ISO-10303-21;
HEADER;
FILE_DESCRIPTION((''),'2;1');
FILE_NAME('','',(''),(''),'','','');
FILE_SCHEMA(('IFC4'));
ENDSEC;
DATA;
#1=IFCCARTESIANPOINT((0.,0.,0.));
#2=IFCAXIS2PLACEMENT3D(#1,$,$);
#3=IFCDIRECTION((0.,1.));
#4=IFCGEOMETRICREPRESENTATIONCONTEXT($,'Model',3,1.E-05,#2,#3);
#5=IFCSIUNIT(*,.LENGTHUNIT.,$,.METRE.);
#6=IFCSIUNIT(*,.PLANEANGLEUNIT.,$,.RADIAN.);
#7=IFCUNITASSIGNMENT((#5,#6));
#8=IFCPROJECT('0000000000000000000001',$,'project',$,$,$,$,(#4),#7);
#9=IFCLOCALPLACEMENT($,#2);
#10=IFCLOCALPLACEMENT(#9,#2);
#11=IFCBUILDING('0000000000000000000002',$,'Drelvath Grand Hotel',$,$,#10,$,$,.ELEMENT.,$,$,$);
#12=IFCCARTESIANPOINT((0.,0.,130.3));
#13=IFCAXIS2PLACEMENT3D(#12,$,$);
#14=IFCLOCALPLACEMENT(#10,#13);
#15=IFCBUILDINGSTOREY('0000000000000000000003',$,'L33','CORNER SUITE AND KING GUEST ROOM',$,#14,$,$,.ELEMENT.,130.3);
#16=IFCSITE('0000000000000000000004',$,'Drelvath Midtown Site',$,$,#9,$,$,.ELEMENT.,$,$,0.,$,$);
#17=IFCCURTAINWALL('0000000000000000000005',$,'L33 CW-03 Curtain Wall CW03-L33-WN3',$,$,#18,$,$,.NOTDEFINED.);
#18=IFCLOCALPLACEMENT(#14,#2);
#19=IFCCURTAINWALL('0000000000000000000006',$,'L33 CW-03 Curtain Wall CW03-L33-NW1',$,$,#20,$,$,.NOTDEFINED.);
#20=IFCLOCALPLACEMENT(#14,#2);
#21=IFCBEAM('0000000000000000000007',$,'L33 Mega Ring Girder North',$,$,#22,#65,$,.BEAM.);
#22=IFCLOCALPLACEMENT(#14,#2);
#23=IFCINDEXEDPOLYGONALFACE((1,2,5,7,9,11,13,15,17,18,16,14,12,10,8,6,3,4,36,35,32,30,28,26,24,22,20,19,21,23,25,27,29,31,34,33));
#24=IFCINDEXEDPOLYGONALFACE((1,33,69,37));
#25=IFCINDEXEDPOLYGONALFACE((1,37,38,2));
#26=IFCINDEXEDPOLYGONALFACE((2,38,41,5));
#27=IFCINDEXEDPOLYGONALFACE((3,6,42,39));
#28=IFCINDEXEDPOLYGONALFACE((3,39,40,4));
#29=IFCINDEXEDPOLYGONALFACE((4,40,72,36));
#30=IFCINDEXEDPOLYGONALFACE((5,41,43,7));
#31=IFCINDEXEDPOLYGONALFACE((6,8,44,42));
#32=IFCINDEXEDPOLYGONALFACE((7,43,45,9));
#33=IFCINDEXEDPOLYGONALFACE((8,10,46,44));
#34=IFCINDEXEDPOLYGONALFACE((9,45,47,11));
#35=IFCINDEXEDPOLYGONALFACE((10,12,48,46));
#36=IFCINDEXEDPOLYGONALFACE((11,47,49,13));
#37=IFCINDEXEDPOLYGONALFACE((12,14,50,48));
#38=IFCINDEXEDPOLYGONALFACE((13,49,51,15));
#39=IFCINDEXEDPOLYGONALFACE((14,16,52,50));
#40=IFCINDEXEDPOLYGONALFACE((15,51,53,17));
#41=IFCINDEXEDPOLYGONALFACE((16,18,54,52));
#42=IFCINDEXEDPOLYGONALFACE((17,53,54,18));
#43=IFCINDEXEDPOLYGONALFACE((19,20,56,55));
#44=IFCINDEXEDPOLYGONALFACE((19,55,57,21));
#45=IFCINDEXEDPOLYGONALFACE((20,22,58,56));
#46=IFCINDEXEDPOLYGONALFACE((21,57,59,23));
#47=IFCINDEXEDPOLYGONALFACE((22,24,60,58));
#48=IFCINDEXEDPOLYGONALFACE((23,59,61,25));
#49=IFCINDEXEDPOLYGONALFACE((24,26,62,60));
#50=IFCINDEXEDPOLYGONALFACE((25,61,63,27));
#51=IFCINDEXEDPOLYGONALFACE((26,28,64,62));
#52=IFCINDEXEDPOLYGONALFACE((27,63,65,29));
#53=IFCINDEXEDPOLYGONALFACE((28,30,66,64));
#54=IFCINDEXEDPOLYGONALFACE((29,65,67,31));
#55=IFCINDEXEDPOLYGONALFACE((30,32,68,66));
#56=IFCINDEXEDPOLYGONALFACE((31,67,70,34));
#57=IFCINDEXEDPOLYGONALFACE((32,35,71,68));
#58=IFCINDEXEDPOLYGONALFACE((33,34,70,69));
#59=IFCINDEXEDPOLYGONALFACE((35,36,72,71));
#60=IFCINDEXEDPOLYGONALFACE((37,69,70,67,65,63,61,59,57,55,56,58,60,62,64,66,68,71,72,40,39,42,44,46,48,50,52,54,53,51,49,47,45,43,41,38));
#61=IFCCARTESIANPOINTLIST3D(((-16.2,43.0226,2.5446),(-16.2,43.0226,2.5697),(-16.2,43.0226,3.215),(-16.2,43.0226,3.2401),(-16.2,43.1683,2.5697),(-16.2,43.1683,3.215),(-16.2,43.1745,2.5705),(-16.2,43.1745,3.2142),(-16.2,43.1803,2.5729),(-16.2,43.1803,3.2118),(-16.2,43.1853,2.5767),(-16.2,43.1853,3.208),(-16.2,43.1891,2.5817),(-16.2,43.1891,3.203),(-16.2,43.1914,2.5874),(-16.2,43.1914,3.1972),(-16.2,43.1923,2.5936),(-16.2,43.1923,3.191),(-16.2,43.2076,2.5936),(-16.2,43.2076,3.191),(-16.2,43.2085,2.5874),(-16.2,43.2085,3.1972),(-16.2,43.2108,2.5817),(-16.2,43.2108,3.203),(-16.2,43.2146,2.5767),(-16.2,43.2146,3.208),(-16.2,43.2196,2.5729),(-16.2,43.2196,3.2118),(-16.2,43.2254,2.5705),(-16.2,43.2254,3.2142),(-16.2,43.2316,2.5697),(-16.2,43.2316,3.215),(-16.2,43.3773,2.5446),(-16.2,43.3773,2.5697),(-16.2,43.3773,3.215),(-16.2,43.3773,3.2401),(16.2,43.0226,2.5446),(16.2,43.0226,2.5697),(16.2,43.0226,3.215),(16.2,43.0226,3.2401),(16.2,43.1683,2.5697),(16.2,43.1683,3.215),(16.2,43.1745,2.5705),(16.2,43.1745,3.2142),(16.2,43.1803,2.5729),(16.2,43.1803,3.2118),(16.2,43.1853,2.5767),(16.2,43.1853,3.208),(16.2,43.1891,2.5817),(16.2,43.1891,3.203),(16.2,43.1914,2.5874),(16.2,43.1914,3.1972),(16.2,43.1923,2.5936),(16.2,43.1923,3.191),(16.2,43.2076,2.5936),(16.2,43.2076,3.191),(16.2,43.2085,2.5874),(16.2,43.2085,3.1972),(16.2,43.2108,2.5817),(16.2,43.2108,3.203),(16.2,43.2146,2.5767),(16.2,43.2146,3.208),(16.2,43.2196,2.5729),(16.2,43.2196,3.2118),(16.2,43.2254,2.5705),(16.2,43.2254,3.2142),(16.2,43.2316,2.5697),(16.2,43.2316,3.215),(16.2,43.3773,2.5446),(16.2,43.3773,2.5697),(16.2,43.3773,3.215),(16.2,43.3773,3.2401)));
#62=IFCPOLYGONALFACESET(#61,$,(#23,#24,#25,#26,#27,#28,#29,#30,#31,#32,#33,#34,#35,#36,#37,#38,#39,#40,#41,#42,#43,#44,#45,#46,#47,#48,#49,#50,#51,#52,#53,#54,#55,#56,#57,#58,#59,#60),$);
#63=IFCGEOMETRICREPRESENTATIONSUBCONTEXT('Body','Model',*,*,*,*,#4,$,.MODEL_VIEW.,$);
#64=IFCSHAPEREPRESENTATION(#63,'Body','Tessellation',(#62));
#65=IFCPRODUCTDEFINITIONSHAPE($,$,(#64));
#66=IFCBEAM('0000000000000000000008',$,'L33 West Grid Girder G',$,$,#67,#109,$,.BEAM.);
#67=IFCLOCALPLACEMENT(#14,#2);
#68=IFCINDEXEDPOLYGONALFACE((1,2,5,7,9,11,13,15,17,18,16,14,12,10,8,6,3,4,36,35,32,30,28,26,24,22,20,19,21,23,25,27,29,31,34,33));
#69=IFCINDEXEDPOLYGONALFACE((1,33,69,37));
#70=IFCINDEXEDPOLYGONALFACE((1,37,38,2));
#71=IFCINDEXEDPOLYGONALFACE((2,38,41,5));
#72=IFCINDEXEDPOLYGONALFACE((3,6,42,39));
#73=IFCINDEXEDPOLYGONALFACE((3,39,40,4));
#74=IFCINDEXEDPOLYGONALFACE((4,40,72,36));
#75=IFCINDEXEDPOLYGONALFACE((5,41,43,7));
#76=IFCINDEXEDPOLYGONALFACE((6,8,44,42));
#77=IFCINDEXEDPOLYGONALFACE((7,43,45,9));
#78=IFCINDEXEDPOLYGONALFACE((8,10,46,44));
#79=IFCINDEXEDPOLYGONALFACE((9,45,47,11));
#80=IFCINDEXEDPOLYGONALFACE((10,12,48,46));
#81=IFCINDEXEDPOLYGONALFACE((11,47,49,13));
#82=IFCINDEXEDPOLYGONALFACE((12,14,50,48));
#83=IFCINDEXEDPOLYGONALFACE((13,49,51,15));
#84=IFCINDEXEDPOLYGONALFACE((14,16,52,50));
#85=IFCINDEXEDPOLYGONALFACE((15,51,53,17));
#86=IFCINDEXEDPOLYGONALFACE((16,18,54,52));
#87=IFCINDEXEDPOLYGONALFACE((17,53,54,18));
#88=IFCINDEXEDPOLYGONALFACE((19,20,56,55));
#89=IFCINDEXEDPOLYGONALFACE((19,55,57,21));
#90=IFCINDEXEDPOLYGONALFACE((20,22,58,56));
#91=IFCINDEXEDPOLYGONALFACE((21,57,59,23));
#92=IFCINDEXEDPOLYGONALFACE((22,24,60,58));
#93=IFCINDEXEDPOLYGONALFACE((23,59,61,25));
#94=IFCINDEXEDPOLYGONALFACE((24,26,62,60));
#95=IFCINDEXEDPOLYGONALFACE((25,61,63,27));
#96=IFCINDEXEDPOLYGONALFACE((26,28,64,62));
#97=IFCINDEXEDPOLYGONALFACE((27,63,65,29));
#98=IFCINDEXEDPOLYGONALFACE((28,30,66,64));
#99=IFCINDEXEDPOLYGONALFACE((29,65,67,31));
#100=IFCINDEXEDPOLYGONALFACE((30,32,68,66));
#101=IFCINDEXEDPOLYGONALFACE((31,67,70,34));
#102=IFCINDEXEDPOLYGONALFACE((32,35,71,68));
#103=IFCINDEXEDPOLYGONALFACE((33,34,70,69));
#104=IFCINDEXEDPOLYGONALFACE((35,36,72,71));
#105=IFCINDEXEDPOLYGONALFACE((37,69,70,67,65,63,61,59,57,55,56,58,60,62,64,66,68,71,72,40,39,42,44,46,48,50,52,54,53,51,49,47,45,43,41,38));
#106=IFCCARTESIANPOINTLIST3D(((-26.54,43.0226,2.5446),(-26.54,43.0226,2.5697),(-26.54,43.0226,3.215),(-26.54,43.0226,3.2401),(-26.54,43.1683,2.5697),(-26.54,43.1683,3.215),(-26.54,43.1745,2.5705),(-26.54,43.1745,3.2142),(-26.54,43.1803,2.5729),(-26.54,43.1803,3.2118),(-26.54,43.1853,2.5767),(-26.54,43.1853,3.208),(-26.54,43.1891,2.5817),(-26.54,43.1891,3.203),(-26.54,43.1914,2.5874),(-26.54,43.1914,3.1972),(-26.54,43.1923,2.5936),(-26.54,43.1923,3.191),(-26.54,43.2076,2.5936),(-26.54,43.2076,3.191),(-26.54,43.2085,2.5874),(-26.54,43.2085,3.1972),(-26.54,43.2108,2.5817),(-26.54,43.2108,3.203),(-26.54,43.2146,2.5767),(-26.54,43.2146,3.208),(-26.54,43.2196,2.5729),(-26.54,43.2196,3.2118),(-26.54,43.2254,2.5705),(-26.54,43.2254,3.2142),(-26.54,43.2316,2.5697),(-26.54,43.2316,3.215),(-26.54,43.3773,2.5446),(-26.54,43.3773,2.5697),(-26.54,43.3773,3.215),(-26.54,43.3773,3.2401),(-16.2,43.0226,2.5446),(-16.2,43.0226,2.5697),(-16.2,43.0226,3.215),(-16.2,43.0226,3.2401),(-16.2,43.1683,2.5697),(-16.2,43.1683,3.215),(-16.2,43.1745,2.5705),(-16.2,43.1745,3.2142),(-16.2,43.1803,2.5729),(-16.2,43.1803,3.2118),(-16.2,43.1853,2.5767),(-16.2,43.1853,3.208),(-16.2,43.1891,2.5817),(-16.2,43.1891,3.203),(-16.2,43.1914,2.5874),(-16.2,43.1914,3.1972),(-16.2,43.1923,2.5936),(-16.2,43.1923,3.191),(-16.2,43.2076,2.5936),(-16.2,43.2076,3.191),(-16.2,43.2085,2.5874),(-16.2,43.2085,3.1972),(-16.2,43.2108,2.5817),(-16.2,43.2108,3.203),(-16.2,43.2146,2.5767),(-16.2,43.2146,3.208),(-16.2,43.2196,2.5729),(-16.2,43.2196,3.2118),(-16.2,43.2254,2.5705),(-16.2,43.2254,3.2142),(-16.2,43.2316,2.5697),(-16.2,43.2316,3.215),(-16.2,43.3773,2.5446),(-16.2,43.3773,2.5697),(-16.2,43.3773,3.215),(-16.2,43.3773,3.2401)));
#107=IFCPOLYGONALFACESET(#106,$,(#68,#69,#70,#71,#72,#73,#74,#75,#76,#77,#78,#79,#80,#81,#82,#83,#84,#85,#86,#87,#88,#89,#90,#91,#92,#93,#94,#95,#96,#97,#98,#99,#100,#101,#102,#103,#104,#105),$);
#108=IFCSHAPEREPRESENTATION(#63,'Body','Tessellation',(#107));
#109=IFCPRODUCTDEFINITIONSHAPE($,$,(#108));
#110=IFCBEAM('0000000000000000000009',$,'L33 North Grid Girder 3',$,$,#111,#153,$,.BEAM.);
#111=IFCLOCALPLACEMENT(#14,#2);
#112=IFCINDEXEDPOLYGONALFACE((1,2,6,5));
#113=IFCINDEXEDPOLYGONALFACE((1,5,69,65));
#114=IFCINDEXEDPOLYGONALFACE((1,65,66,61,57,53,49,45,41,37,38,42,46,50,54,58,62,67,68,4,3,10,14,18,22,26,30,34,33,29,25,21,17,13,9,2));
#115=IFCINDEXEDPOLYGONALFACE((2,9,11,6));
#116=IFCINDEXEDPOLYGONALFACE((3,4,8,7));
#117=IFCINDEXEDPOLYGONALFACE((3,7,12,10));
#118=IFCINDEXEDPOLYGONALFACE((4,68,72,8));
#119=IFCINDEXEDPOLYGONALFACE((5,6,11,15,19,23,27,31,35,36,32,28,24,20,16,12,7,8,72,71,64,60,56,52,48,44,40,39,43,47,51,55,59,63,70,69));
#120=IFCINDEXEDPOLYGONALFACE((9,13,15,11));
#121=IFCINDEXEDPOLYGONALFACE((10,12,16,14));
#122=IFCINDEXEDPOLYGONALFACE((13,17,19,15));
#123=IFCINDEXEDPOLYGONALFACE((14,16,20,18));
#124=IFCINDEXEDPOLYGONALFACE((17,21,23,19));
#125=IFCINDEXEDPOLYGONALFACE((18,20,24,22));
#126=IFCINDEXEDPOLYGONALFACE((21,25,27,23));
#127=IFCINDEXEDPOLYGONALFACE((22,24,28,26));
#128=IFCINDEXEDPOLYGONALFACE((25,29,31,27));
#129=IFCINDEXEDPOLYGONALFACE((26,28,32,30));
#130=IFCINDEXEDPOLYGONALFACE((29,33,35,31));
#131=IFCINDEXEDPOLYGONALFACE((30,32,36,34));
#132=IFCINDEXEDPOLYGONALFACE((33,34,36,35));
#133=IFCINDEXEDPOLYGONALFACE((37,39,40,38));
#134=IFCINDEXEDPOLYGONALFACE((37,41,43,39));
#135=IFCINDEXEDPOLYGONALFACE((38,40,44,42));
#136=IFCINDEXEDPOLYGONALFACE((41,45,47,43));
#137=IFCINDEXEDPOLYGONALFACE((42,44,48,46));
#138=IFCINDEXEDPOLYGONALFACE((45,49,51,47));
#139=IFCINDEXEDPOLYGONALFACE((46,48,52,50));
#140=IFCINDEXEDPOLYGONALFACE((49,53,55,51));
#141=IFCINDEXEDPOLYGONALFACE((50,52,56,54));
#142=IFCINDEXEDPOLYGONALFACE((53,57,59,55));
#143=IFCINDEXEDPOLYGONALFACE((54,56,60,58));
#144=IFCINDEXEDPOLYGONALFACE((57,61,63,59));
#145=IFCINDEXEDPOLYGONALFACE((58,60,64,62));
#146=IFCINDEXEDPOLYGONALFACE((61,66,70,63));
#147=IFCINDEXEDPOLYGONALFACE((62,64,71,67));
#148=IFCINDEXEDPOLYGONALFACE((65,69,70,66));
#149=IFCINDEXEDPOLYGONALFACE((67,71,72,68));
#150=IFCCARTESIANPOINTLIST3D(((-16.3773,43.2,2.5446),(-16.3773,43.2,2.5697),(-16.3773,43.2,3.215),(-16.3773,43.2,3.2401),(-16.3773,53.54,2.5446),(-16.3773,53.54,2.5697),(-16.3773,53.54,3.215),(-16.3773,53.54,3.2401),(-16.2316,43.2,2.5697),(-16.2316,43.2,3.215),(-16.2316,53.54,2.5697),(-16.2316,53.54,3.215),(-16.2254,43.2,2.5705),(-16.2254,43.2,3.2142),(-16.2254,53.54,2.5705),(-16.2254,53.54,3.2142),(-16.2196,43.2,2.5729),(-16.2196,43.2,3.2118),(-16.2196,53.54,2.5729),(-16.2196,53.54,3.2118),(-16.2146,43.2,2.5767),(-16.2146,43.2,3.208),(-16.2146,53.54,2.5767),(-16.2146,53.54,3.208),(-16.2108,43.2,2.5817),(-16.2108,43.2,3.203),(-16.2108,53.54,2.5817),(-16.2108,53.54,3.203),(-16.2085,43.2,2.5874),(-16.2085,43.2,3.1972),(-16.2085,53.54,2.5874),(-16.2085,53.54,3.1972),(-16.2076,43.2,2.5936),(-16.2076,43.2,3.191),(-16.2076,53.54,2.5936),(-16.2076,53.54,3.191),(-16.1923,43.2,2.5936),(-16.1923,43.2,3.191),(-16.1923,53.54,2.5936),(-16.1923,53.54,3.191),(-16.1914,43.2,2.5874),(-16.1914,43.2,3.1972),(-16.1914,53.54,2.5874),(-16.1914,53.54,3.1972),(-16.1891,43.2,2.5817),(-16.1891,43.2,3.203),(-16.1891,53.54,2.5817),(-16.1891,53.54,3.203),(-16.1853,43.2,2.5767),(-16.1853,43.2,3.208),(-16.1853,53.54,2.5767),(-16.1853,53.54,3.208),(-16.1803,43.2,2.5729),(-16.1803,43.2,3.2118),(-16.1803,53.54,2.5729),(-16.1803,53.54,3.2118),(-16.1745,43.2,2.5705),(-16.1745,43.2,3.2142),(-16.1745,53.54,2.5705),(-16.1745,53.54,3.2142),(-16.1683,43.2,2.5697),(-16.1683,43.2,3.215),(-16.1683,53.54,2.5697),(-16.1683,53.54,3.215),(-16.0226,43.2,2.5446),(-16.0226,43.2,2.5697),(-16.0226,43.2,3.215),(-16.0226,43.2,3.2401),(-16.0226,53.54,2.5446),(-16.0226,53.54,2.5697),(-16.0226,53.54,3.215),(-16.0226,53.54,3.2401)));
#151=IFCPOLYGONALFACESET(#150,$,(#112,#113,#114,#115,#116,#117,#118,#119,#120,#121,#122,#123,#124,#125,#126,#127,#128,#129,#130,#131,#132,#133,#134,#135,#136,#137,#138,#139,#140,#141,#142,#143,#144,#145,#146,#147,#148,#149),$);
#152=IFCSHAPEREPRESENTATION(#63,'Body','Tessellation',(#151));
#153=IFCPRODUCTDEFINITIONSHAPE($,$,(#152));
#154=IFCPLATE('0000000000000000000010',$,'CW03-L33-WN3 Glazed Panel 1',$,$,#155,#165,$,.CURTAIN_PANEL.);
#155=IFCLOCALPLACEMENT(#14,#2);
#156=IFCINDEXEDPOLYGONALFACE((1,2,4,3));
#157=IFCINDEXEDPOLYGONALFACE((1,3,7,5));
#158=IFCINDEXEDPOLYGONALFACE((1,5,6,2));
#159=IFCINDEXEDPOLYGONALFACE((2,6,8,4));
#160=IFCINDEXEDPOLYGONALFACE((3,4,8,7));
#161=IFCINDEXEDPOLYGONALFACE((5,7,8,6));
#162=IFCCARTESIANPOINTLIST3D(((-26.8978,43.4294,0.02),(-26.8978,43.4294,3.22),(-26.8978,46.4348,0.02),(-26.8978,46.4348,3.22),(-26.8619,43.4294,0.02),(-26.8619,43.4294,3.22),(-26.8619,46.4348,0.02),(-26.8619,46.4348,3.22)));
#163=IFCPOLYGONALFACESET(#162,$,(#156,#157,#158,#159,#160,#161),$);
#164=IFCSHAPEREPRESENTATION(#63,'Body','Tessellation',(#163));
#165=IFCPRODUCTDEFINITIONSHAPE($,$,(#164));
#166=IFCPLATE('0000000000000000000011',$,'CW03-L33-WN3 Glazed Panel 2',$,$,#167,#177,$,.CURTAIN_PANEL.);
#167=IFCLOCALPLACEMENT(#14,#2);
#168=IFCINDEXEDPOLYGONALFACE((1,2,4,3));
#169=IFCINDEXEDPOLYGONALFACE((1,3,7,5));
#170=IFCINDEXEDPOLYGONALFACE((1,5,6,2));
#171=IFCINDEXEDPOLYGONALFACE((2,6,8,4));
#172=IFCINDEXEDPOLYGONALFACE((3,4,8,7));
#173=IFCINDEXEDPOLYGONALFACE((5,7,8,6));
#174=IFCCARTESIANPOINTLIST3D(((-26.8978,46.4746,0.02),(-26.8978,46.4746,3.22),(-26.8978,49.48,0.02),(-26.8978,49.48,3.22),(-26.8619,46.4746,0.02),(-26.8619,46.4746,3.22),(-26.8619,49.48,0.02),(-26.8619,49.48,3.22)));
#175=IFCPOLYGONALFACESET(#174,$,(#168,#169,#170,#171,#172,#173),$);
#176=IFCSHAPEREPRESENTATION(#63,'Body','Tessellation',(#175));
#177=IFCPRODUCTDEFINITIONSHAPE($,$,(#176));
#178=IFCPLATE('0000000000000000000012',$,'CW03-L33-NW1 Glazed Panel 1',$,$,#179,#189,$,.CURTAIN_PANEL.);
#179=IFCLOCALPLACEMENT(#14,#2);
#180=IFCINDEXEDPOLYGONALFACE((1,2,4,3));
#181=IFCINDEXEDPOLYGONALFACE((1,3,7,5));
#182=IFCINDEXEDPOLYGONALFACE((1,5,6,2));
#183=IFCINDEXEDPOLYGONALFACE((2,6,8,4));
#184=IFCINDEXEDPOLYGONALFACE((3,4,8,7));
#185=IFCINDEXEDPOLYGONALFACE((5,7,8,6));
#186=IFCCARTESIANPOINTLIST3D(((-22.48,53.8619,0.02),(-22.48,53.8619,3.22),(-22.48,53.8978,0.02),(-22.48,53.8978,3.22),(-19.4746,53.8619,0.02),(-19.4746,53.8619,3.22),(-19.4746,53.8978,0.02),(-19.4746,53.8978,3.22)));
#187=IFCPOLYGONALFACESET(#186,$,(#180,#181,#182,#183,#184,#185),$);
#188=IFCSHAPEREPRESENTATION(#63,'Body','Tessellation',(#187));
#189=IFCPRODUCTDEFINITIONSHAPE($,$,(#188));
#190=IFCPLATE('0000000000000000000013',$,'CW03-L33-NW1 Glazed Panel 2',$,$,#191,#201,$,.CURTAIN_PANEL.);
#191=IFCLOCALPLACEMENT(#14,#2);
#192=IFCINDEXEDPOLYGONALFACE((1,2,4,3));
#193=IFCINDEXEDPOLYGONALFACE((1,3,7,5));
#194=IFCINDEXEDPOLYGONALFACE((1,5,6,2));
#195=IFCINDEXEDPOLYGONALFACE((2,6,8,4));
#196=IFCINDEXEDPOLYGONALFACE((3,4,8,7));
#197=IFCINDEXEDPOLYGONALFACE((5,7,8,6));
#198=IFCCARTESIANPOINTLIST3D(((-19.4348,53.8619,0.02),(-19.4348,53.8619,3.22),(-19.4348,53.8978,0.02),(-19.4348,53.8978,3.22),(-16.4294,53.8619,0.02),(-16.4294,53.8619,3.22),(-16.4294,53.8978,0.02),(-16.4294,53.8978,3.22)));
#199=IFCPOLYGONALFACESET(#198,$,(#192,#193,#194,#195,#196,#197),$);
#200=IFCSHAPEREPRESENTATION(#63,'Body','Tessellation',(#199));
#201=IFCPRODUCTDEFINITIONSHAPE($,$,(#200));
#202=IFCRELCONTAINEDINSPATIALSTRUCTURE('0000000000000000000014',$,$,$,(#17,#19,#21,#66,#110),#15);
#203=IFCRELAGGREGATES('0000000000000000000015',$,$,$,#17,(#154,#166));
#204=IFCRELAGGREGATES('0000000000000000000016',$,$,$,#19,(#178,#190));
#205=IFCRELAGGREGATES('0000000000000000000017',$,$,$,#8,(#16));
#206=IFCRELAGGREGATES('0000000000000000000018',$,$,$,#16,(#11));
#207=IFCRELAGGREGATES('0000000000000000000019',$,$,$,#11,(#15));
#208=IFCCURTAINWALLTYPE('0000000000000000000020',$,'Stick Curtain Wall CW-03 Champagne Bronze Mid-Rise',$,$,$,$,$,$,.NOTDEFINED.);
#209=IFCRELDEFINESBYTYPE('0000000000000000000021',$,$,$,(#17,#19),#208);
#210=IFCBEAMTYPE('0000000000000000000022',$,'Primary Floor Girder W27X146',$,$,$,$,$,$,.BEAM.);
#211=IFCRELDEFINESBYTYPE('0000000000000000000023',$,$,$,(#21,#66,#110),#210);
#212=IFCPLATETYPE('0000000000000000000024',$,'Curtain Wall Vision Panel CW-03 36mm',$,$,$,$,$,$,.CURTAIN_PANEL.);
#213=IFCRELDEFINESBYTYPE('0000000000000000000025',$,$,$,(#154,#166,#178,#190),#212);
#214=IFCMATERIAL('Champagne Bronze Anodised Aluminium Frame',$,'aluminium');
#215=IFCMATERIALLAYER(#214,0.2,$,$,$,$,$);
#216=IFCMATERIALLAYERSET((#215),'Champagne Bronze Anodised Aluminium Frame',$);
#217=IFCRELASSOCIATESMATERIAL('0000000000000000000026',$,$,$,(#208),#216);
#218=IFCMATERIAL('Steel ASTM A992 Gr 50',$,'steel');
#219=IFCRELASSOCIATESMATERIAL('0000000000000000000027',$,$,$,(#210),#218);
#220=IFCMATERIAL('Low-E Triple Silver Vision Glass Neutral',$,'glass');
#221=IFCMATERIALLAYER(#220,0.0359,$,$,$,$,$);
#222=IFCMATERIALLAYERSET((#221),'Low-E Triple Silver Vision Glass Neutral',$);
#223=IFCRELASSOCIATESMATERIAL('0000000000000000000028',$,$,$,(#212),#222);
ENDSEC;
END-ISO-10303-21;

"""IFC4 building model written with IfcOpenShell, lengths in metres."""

from ifc_helpers import new_model, si_unit, direction, frame, origin, origin_2d, place, context, subcontext, project, spatial, rectangle, i_section, extrude, material, layer, layer_set, material_profile, profile_set, type_object, element, aggregate, save


model = new_model("IFC4")

# Units and contexts
model_context = context("Model", 3, precision=1e-05, world=origin(), true_north=direction((0.0, 1.0)))
body_context = subcontext(model_context, "Body", "Model", "MODEL_VIEW")
ifc_project = project(units=[si_unit("LENGTHUNIT", "METRE"), si_unit("PLANEANGLEUNIT", "RADIAN")], contexts=[model_context])

# Site, building, storey
site_placement = place(None, origin())
site = spatial("IfcSite", under=ifc_project, at=site_placement, Name="Drelvath Midtown Site", CompositionType="ELEMENT", RefElevation=0.0)
building_placement = place(site_placement, origin())
building = spatial("IfcBuilding", under=site, at=building_placement, Name="Drelvath Grand Hotel", CompositionType="ELEMENT")
storey_placement = place(building_placement, frame((0.0, 0.0, 130.3)))
storey = spatial("IfcBuildingStorey", under=building, at=storey_placement, Name="L33", Description="CORNER SUITE AND KING GUEST ROOM", CompositionType="ELEMENT", Elevation=130.3)

# Shared definitions
ifc_material_1 = material(Name="Steel ASTM A992 Gr 50", Category="steel")

# Curtain walls
ifc_material_2 = material(Name="Champagne Bronze Anodised Aluminium Frame", Category="aluminium")
ifc_layer_1 = layer(ifc_material_2, 0.2)
ifc_layer_set_1 = layer_set([ifc_layer_1], Name="Champagne Bronze Anodised Aluminium Frame")
curtain_wall_type = type_object("IfcCurtainWallType", Name="Stick Curtain Wall CW-03 Champagne Bronze Mid-Rise", PredefinedType="NOTDEFINED", material=ifc_layer_set_1)
curtain_wall_1_placement = place(storey_placement, origin())
curtain_wall_1 = element("IfcCurtainWall", 1, at=curtain_wall_1_placement, inside=storey, type_object=curtain_wall_type, Name="L33 CW-03 Curtain Wall CW03-L33-WN3", PredefinedType="NOTDEFINED")
curtain_wall_2_placement = place(storey_placement, origin())
curtain_wall_2 = element("IfcCurtainWall", 2, at=curtain_wall_2_placement, inside=storey, type_object=curtain_wall_type, Name="L33 CW-03 Curtain Wall CW03-L33-NW1", PredefinedType="NOTDEFINED")

# Beams
ifc_material_profile_1 = material_profile(ifc_material_1, i_section(OverallWidth=0.3547, OverallDepth=0.6956, WebThickness=0.0154, FlangeThickness=0.0251, FilletRadius=0.0239, at=origin_2d()), Name="W27X146")
ifc_profile_set_1 = profile_set([ifc_material_profile_1], Name="Steel ASTM A992 Gr 50")
beam_type_1 = type_object("IfcBeamType", Name="Primary Floor Girder W27X146", PredefinedType="BEAM", material=ifc_profile_set_1)
beam_1_placement = place(storey_placement, frame((-16.2, 43.2, 2.8923), z_axis=(1.0, 0.0, 0.0), x_axis=(0.0, 1.0, 0.0)))
element("IfcBeam", 3, at=beam_1_placement, inside=storey, type_object=beam_type_1, Name="L33 Mega Ring Girder North", PredefinedType="BEAM", context=body_context, shape_type="SweptSolid", body=[
    extrude(i_section(OverallWidth=0.3547, OverallDepth=0.6956, WebThickness=0.0154, FlangeThickness=0.0251, FilletRadius=0.0239, at=origin_2d()), origin(), (0.0, 0.0, 1.0), 32.3999),
])
for number, where, z_axis, x_axis, name in (
    (4, (-26.54, 43.2, 2.8923), (1.0, 0.0, 0.0), (0.0, 1.0, 0.0), "L33 West Grid Girder G"),
    (5, (-16.2, 43.2, 2.8923), (0.0, 1.0, 0.0), (-1.0, 0.0, 0.0), "L33 North Grid Girder 3"),
):
    element("IfcBeam", number, at=place(storey_placement, frame(where, z_axis=z_axis, x_axis=x_axis)), inside=storey, type_object=beam_type_1, Name=name, PredefinedType="BEAM", context=body_context, shape_type="SweptSolid", body=[
        extrude(i_section(OverallWidth=0.3547, OverallDepth=0.6956, WebThickness=0.0154, FlangeThickness=0.0251, FilletRadius=0.0239, at=origin_2d()), origin(), (0.0, 0.0, 1.0), 10.3401),
    ])

# Plates
ifc_material_3 = material(Name="Low-E Triple Silver Vision Glass Neutral", Category="glass")
ifc_layer_2 = layer(ifc_material_3, 0.0359)
ifc_layer_set_2 = layer_set([ifc_layer_2], Name="Low-E Triple Silver Vision Glass Neutral")
plate_type = type_object("IfcPlateType", Name="Curtain Wall Vision Panel CW-03 36mm", PredefinedType="CURTAIN_PANEL", material=ifc_layer_set_2)
plate_1_placement = place(storey_placement, frame((-26.8799, 44.9321, 0.02), z_axis=(0.0, 0.0, 1.0), x_axis=(0.0, 1.0, 0.0)))
plate_1 = element("IfcPlate", 6, at=plate_1_placement, type_object=plate_type, Name="CW03-L33-WN3 Glazed Panel 1", PredefinedType="CURTAIN_PANEL", context=body_context, shape_type="SweptSolid", body=[
    extrude(rectangle(XDim=3.0054, YDim=0.0359, at=origin_2d()), origin(), (0.0, 0.0, 1.0), 3.2),
])
plate_2_placement = place(storey_placement, frame((-26.8799, 47.9773, 0.02), z_axis=(0.0, 0.0, 1.0), x_axis=(0.0, 1.0, 0.0)))
plate_2 = element("IfcPlate", 7, at=plate_2_placement, type_object=plate_type, Name="CW03-L33-WN3 Glazed Panel 2", PredefinedType="CURTAIN_PANEL", context=body_context, shape_type="SweptSolid", body=[
    extrude(rectangle(XDim=3.0054, YDim=0.0359, at=origin_2d()), origin(), (0.0, 0.0, 1.0), 3.2),
])
aggregate(curtain_wall_1, [plate_1, plate_2])
plate_3_placement = place(storey_placement, frame((-20.9773, 53.8799, 0.02), z_axis=(0.0, 0.0, 1.0), x_axis=(1.0, 0.0, 0.0)))
plate_3 = element("IfcPlate", 8, at=plate_3_placement, type_object=plate_type, Name="CW03-L33-NW1 Glazed Panel 1", PredefinedType="CURTAIN_PANEL", context=body_context, shape_type="SweptSolid", body=[
    extrude(rectangle(XDim=3.0054, YDim=0.0359, at=origin_2d()), origin(), (0.0, 0.0, 1.0), 3.2),
])
plate_4_placement = place(storey_placement, frame((-17.9321, 53.8799, 0.02), z_axis=(0.0, 0.0, 1.0), x_axis=(1.0, 0.0, 0.0)))
plate_4 = element("IfcPlate", 9, at=plate_4_placement, type_object=plate_type, Name="CW03-L33-NW1 Glazed Panel 2", PredefinedType="CURTAIN_PANEL", context=body_context, shape_type="SweptSolid", body=[
    extrude(rectangle(XDim=3.0054, YDim=0.0359, at=origin_2d()), origin(), (0.0, 0.0, 1.0), 3.2),
])
aggregate(curtain_wall_2, [plate_3, plate_4])

save(model, "model.ifc")
